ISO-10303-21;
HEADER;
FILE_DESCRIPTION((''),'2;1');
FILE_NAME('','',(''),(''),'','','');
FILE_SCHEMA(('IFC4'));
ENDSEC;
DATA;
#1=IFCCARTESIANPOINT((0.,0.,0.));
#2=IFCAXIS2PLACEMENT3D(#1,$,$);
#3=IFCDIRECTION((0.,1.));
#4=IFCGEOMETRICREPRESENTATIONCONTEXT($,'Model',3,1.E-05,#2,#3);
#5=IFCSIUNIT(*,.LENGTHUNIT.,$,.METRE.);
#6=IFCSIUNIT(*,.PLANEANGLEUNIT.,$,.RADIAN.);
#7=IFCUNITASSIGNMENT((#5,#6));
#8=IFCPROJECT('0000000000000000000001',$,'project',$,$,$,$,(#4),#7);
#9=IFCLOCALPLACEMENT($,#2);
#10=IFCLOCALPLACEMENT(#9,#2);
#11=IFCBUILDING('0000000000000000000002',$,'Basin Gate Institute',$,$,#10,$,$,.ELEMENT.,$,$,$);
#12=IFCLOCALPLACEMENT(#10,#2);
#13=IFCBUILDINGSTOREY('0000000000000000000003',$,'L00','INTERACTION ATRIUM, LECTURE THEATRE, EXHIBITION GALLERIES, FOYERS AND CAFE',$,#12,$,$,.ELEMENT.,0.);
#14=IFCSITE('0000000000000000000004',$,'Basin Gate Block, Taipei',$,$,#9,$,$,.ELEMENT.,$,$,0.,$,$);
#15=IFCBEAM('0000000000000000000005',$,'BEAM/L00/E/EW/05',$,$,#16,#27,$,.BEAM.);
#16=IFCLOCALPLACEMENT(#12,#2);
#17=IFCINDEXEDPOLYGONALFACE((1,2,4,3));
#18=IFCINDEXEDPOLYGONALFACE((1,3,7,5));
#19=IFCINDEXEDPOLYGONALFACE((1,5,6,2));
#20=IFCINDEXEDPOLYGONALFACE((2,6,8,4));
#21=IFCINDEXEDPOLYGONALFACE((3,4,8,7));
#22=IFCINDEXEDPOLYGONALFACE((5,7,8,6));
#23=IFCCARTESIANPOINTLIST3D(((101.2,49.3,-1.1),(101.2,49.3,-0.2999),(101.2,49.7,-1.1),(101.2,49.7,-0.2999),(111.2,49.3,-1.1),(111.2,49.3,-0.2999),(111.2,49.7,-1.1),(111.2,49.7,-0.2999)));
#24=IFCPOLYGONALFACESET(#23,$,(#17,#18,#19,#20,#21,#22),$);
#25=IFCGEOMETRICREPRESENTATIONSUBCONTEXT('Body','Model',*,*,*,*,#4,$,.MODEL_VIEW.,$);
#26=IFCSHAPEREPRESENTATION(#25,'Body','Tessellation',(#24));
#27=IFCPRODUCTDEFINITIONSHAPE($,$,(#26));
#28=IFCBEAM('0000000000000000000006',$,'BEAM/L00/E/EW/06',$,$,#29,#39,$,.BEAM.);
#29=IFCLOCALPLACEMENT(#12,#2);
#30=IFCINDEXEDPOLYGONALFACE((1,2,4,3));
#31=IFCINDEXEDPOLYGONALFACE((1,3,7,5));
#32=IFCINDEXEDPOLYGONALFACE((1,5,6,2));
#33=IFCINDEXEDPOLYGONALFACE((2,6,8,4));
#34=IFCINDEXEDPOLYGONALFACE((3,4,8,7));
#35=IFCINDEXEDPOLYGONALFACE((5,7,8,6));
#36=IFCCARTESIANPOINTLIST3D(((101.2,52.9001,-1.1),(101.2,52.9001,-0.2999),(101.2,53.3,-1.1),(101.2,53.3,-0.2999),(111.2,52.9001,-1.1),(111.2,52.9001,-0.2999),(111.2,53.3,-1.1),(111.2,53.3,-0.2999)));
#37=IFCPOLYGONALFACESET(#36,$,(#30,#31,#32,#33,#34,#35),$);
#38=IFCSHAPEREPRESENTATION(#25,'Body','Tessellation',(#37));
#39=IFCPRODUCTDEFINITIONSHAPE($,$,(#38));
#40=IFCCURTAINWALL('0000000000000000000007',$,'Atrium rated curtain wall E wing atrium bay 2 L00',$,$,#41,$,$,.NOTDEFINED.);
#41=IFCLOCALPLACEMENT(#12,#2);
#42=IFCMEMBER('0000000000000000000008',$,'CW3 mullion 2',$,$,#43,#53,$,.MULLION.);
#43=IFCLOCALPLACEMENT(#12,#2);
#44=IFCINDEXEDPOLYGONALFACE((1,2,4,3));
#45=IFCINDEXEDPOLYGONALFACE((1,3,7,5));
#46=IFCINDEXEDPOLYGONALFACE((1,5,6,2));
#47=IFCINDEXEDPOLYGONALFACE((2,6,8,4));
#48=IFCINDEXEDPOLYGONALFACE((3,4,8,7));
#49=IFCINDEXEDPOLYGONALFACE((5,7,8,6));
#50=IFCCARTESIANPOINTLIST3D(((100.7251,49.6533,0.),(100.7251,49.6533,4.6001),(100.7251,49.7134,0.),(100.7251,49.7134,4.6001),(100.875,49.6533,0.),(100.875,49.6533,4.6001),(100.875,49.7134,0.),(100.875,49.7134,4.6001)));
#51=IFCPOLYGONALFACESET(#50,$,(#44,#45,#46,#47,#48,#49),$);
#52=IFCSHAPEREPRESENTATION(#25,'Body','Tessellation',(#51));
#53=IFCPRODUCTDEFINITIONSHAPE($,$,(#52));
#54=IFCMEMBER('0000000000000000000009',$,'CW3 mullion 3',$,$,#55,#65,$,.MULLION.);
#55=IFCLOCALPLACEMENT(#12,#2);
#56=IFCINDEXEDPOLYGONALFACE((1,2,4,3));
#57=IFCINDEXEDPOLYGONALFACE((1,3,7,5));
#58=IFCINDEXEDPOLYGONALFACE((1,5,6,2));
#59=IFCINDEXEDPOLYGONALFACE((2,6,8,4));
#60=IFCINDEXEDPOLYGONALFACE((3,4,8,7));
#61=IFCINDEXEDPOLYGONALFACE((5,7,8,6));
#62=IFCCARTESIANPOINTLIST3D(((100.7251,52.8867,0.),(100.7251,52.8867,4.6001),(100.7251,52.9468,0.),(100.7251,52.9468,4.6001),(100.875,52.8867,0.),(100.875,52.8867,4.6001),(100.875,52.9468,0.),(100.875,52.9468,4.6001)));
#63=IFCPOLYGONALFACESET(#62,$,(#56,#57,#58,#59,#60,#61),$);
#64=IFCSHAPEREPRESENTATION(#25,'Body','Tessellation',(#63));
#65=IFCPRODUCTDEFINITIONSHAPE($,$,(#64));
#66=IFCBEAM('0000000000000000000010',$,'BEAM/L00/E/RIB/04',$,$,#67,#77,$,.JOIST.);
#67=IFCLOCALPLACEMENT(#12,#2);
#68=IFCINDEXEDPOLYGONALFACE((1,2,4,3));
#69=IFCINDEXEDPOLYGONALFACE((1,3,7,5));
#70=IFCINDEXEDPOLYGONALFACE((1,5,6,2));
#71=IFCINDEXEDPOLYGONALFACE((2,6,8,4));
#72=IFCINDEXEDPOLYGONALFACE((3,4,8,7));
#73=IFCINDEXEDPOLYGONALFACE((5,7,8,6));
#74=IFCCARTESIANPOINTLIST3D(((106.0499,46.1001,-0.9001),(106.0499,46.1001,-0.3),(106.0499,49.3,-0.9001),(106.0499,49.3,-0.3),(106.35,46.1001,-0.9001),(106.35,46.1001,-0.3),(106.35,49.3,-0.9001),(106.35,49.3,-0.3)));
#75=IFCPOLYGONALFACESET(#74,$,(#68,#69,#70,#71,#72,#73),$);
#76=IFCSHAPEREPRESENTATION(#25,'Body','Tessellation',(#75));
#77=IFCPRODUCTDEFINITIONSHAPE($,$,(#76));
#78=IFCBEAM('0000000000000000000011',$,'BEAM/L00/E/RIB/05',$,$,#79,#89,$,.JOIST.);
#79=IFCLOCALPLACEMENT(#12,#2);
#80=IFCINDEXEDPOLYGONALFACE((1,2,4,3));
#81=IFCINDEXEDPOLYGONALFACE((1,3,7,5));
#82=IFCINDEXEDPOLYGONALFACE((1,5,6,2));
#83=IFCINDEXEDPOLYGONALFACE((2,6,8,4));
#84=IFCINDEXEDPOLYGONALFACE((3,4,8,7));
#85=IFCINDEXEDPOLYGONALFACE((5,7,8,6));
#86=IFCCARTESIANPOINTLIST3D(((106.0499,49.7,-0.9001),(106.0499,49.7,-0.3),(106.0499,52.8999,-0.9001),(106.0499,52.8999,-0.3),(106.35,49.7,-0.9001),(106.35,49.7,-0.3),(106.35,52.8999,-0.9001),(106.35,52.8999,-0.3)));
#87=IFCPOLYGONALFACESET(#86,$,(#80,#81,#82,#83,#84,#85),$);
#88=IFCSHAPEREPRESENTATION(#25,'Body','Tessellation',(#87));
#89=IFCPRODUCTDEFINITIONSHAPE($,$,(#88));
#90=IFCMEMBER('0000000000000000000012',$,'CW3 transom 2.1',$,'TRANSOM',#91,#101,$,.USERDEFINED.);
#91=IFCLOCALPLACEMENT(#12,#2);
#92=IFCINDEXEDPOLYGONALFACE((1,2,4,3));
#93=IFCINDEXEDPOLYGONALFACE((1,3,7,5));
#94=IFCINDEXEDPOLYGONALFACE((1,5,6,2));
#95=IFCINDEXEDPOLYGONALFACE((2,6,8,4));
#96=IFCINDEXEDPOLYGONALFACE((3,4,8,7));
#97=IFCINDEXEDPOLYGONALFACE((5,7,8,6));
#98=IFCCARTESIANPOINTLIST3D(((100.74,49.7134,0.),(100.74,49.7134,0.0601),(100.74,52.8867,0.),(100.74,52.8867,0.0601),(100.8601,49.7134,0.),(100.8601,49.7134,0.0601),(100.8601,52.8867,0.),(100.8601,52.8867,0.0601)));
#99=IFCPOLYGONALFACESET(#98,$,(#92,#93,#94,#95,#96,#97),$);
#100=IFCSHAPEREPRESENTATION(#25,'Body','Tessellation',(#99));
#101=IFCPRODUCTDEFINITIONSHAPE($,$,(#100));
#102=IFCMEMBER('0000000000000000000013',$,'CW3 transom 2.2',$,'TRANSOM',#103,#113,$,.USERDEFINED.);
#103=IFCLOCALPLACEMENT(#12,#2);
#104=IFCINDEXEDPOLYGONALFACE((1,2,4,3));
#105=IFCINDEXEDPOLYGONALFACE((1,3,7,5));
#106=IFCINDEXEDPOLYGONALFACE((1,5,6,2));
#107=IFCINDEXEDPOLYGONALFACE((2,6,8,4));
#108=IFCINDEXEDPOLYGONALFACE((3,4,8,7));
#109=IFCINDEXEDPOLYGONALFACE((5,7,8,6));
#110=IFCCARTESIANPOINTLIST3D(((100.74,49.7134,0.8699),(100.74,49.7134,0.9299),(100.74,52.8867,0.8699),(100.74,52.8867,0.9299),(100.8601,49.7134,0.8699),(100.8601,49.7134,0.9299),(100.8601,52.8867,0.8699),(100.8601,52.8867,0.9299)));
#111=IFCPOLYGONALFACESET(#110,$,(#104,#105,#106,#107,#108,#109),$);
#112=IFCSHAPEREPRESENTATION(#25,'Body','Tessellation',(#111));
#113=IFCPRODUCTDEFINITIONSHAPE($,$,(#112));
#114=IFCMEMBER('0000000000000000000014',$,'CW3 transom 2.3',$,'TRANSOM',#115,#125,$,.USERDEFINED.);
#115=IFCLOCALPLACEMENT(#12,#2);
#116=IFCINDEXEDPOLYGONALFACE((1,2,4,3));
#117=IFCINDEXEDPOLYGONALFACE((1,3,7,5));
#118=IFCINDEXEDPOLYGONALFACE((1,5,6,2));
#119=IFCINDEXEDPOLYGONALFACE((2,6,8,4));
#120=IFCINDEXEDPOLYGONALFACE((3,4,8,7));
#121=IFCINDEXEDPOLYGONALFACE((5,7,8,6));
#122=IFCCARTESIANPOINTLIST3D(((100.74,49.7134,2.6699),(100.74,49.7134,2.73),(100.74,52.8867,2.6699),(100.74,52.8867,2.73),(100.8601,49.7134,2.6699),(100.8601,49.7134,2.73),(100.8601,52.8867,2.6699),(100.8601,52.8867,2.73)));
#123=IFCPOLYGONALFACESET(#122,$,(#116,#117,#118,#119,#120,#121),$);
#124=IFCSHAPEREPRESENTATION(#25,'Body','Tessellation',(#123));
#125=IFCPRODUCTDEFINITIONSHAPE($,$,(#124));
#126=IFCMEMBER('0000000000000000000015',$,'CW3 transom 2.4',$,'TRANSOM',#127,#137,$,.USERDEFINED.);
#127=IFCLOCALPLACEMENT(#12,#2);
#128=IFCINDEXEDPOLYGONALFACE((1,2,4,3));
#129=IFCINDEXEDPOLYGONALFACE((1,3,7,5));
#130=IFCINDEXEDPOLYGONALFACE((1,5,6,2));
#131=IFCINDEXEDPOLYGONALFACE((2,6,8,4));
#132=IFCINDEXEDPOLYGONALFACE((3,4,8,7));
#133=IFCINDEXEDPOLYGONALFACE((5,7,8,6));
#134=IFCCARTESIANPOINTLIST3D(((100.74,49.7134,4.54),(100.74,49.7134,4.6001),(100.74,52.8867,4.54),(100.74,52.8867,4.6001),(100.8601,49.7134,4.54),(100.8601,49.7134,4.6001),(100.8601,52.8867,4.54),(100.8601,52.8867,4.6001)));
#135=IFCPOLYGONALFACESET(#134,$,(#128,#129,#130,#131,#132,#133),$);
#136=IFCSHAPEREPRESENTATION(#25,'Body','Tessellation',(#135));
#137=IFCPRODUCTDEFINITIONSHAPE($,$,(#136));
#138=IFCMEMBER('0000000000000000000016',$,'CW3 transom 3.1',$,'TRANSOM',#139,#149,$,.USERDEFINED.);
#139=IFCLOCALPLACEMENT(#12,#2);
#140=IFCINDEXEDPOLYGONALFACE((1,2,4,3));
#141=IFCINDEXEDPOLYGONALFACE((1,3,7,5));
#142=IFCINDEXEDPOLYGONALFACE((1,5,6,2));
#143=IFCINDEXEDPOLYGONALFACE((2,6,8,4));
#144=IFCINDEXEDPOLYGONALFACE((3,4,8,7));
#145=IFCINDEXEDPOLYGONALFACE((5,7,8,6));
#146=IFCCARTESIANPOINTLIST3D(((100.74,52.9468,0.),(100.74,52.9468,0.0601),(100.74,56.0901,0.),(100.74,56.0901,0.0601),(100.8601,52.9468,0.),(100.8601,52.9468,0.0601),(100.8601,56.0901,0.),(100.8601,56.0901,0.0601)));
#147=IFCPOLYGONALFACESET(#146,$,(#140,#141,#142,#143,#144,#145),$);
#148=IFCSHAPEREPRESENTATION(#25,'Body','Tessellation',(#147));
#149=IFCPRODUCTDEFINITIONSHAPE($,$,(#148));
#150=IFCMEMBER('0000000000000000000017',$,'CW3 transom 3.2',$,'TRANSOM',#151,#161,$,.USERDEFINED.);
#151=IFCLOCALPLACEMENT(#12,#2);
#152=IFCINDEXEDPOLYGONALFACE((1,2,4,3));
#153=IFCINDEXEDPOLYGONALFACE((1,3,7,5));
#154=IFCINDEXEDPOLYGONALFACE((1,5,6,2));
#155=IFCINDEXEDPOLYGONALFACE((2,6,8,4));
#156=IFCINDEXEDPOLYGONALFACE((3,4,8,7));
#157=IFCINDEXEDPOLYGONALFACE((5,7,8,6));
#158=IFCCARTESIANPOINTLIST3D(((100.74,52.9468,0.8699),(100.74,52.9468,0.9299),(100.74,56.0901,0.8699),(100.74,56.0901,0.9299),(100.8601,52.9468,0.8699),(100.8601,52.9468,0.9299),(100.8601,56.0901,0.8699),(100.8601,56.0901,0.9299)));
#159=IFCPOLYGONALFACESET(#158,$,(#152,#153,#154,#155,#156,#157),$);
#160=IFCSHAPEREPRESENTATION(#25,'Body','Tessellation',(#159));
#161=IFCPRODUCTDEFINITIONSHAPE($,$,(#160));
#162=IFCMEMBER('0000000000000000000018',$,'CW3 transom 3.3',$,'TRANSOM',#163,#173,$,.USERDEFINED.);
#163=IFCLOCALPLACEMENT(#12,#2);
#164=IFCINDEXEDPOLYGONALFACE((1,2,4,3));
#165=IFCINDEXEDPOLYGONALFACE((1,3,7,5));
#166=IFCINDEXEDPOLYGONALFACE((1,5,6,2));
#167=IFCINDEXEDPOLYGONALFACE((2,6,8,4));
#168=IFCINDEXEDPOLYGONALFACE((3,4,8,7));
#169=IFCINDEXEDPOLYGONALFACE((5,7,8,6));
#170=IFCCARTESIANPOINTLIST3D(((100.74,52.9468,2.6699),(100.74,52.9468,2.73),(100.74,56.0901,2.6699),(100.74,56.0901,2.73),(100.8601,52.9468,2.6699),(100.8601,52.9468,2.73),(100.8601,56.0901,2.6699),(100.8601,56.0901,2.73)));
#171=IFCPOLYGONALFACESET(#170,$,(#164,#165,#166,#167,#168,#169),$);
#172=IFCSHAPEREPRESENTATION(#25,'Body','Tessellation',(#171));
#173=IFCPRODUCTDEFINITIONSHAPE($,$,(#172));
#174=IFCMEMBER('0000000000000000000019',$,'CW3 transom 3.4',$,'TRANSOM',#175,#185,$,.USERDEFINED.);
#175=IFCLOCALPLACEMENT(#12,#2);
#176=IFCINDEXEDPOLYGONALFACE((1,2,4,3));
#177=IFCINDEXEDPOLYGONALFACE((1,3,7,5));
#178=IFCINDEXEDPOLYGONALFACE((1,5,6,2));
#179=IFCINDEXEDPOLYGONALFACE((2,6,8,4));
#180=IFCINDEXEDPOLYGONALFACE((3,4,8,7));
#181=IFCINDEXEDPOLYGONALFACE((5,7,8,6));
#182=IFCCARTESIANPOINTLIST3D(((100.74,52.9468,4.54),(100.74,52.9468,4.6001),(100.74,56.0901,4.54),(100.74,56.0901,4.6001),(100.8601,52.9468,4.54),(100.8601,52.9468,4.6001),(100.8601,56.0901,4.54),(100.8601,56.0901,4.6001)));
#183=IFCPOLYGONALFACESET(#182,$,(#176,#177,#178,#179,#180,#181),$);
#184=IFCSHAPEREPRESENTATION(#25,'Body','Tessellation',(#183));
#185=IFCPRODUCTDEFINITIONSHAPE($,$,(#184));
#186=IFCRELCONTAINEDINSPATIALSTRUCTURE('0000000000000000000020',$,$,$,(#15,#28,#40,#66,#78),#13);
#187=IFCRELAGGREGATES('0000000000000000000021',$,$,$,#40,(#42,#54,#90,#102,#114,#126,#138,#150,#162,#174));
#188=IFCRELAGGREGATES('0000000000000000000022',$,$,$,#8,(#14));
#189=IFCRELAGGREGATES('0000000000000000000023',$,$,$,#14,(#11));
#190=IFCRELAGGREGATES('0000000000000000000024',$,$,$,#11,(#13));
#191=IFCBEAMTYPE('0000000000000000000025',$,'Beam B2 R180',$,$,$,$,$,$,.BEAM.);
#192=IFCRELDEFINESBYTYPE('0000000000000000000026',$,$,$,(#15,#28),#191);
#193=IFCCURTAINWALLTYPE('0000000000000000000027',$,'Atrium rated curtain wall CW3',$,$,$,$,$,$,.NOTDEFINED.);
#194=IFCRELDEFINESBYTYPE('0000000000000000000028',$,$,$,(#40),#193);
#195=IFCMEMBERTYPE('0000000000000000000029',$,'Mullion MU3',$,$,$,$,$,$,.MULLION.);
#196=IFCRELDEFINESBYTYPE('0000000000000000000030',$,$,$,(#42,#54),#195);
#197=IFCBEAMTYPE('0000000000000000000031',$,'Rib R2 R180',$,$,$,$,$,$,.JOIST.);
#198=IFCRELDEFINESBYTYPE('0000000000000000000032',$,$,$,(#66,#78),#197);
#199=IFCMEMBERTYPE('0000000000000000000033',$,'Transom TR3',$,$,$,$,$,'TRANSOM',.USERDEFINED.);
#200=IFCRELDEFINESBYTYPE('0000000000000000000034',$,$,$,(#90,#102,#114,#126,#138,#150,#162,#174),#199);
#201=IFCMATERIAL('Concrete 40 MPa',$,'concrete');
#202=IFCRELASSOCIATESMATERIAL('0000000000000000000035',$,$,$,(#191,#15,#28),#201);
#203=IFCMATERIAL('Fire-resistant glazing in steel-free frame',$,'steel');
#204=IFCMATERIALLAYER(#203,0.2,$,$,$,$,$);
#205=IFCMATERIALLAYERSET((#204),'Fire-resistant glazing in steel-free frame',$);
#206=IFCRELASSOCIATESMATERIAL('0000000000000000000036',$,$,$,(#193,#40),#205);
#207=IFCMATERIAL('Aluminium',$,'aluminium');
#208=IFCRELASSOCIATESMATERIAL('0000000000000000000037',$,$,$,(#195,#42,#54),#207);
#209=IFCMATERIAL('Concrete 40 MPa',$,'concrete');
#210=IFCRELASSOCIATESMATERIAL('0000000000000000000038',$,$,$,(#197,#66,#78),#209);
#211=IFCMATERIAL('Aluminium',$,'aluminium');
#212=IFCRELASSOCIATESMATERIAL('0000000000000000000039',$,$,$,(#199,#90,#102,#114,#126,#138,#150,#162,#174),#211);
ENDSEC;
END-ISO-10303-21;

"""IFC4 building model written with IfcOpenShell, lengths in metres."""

from ifc_helpers import new_model, si_unit, direction, frame, origin, origin_2d, place, context, subcontext, project, spatial, rectangle, extrude, material, layer, layer_set, material_profile, profile_set, type_object, element, aggregate, save


model = new_model("IFC4")

# Units and contexts
model_context = context("Model", 3, precision=1e-05, world=origin(), true_north=direction((0.0, 1.0)))
body_context = subcontext(model_context, "Body", "Model", "MODEL_VIEW")
ifc_project = project(units=[si_unit("LENGTHUNIT", "METRE"), si_unit("PLANEANGLEUNIT", "RADIAN")], contexts=[model_context])

# Site, building, storey
site_placement = place(None, origin())
site = spatial("IfcSite", under=ifc_project, at=site_placement, Name="Basin Gate Block, Taipei", CompositionType="ELEMENT", RefElevation=0.0)
building_placement = place(site_placement, origin())
building = spatial("IfcBuilding", under=site, at=building_placement, Name="Basin Gate Institute", CompositionType="ELEMENT")
storey_placement = place(building_placement, origin())
storey = spatial("IfcBuildingStorey", under=building, at=storey_placement, Name="L00", Description="INTERACTION ATRIUM, LECTURE THEATRE, EXHIBITION GALLERIES, FOYERS AND CAFE", CompositionType="ELEMENT", Elevation=0.0)

# Beams
ifc_material_1 = material(Name="Concrete 40 MPa", Category="concrete")
ifc_material_profile_1 = material_profile(ifc_material_1, rectangle(XDim=0.3999, YDim=0.8, at=origin_2d()), Name="Beam B2 400 x 800")
ifc_profile_set_1 = profile_set([ifc_material_profile_1], Name="Concrete 40 MPa")
beam_type_1 = type_object("IfcBeamType", Name="Beam B2 R180", PredefinedType="BEAM", material=ifc_profile_set_1)
for number, where, z_axis, x_axis, name in (
    (1, (111.2, 49.5, -0.7), (-1.0, 0.0, 0.0), (0.0, -1.0, 0.0), "BEAM/L00/E/EW/05"),
    (2, (111.2, 53.1001, -0.7), (-1.0, 0.0, 0.0), (0.0, -1.0, 0.0), "BEAM/L00/E/EW/06"),
):
    element("IfcBeam", number, at=place(storey_placement, frame(where, z_axis=z_axis, x_axis=x_axis)), inside=storey, type_object=beam_type_1, material=ifc_profile_set_1, Name=name, PredefinedType="BEAM", context=body_context, shape_type="SweptSolid", body=[
        extrude(rectangle(XDim=0.3999, YDim=0.8, at=origin_2d()), origin(), (0.0, 0.0, 1.0), 10.0),
    ])

# Curtain wall, members
ifc_material_2 = material(Name="Fire-resistant glazing in steel-free frame", Category="steel")
ifc_layer_1 = layer(ifc_material_2, 0.2)
ifc_layer_set_1 = layer_set([ifc_layer_1], Name="Fire-resistant glazing in steel-free frame")
curtain_wall_type = type_object("IfcCurtainWallType", Name="Atrium rated curtain wall CW3", PredefinedType="NOTDEFINED", material=ifc_layer_set_1)
curtain_wall_placement = place(storey_placement, origin())
curtain_wall = element("IfcCurtainWall", 3, at=curtain_wall_placement, inside=storey, type_object=curtain_wall_type, material=ifc_layer_set_1, Name="Atrium rated curtain wall E wing atrium bay 2 L00", PredefinedType="NOTDEFINED")
ifc_material_3 = material(Name="Aluminium", Category="aluminium")
ifc_material_profile_2 = material_profile(ifc_material_3, rectangle(XDim=0.1499, YDim=0.0601, at=origin_2d()), Name="Mullion MU3 150 x 60")
ifc_profile_set_2 = profile_set([ifc_material_profile_2], Name="Aluminium")
member_type_1 = type_object("IfcMemberType", Name="Mullion MU3", PredefinedType="MULLION", material=ifc_profile_set_2)
member_1_placement = place(storey_placement, frame((100.8, 49.6833, 0.0), z_axis=(0.0, 0.0, 1.0), x_axis=(-1.0, 0.0, 0.0)))
member_1 = element("IfcMember", 4, at=member_1_placement, type_object=member_type_1, material=ifc_profile_set_2, Name="CW3 mullion 2", PredefinedType="MULLION", context=body_context, shape_type="SweptSolid", body=[
    extrude(rectangle(XDim=0.1499, YDim=0.0601, at=origin_2d()), origin(), (0.0, 0.0, 1.0), 4.6001),
])
member_2_placement = place(storey_placement, frame((100.8, 52.9167, 0.0), z_axis=(0.0, 0.0, 1.0), x_axis=(-1.0, 0.0, 0.0)))
member_2 = element("IfcMember", 5, at=member_2_placement, type_object=member_type_1, material=ifc_profile_set_2, Name="CW3 mullion 3", PredefinedType="MULLION", context=body_context, shape_type="SweptSolid", body=[
    extrude(rectangle(XDim=0.1499, YDim=0.0601, at=origin_2d()), origin(), (0.0, 0.0, 1.0), 4.6001),
])

# Beams
ifc_material_4 = material(Name="Concrete 40 MPa", Category="concrete")
ifc_material_profile_3 = material_profile(ifc_material_4, rectangle(XDim=0.3, YDim=0.6001, at=origin_2d()), Name="Rib R2 300 x 600")
ifc_profile_set_3 = profile_set([ifc_material_profile_3], Name="Concrete 40 MPa")
beam_type_2 = type_object("IfcBeamType", Name="Rib R2 R180", PredefinedType="JOIST", material=ifc_profile_set_3)
for number, where, z_axis, x_axis, name in (
    (6, (106.2, 46.1001, -0.6001), (0.0, 1.0, 0.0), (-1.0, 0.0, 0.0), "BEAM/L00/E/RIB/04"),
    (7, (106.2, 49.7, -0.6001), (0.0, 1.0, 0.0), (-1.0, 0.0, 0.0), "BEAM/L00/E/RIB/05"),
):
    element("IfcBeam", number, at=place(storey_placement, frame(where, z_axis=z_axis, x_axis=x_axis)), inside=storey, type_object=beam_type_2, material=ifc_profile_set_3, Name=name, PredefinedType="JOIST", context=body_context, shape_type="SweptSolid", body=[
        extrude(rectangle(XDim=0.3, YDim=0.6001, at=origin_2d()), origin(), (0.0, 0.0, 1.0), 3.2),
    ])

# Members
ifc_material_5 = material(Name="Aluminium", Category="aluminium")
ifc_material_profile_4 = material_profile(ifc_material_5, rectangle(XDim=0.1201, YDim=0.0601, at=origin_2d()), Name="Transom TR3 120 x 60")
ifc_profile_set_4 = profile_set([ifc_material_profile_4], Name="Aluminium")
member_type_2 = type_object("IfcMemberType", Name="Transom TR3", ElementType="TRANSOM", PredefinedType="USERDEFINED", material=ifc_profile_set_4)
member_3_placement = place(storey_placement, frame((100.8, 49.7134, 0.03), z_axis=(0.0, 1.0, 0.0), x_axis=(-1.0, 0.0, 0.0)))
member_3 = element("IfcMember", 8, at=member_3_placement, type_object=member_type_2, material=ifc_profile_set_4, Name="CW3 transom 2.1", ObjectType="TRANSOM", PredefinedType="USERDEFINED", context=body_context, shape_type="SweptSolid", body=[
    extrude(rectangle(XDim=0.1201, YDim=0.0601, at=origin_2d()), origin(), (0.0, 0.0, 1.0), 3.1733),
])
member_4_placement = place(storey_placement, frame((100.8, 49.7134, 0.8999), z_axis=(0.0, 1.0, 0.0), x_axis=(-1.0, 0.0, 0.0)))
member_4 = element("IfcMember", 9, at=member_4_placement, type_object=member_type_2, material=ifc_profile_set_4, Name="CW3 transom 2.2", ObjectType="TRANSOM", PredefinedType="USERDEFINED", context=body_context, shape_type="SweptSolid", body=[
    extrude(rectangle(XDim=0.1201, YDim=0.0601, at=origin_2d()), origin(), (0.0, 0.0, 1.0), 3.1733),
])
member_5_placement = place(storey_placement, frame((100.8, 49.7134, 2.7), z_axis=(0.0, 1.0, 0.0), x_axis=(-1.0, 0.0, 0.0)))
member_5 = element("IfcMember", 10, at=member_5_placement, type_object=member_type_2, material=ifc_profile_set_4, Name="CW3 transom 2.3", ObjectType="TRANSOM", PredefinedType="USERDEFINED", context=body_context, shape_type="SweptSolid", body=[
    extrude(rectangle(XDim=0.1201, YDim=0.0601, at=origin_2d()), origin(), (0.0, 0.0, 1.0), 3.1733),
])
member_6_placement = place(storey_placement, frame((100.8, 49.7134, 4.5701), z_axis=(0.0, 1.0, 0.0), x_axis=(-1.0, 0.0, 0.0)))
member_6 = element("IfcMember", 11, at=member_6_placement, type_object=member_type_2, material=ifc_profile_set_4, Name="CW3 transom 2.4", ObjectType="TRANSOM", PredefinedType="USERDEFINED", context=body_context, shape_type="SweptSolid", body=[
    extrude(rectangle(XDim=0.1201, YDim=0.0601, at=origin_2d()), origin(), (0.0, 0.0, 1.0), 3.1733),
])
member_7_placement = place(storey_placement, frame((100.8, 52.9468, 0.03), z_axis=(0.0, 1.0, 0.0), x_axis=(-1.0, 0.0, 0.0)))
member_7 = element("IfcMember", 12, at=member_7_placement, type_object=member_type_2, material=ifc_profile_set_4, Name="CW3 transom 3.1", ObjectType="TRANSOM", PredefinedType="USERDEFINED", context=body_context, shape_type="SweptSolid", body=[
    extrude(rectangle(XDim=0.1201, YDim=0.0601, at=origin_2d()), origin(), (0.0, 0.0, 1.0), 3.1433),
])
member_8_placement = place(storey_placement, frame((100.8, 52.9468, 0.8999), z_axis=(0.0, 1.0, 0.0), x_axis=(-1.0, 0.0, 0.0)))
member_8 = element("IfcMember", 13, at=member_8_placement, type_object=member_type_2, material=ifc_profile_set_4, Name="CW3 transom 3.2", ObjectType="TRANSOM", PredefinedType="USERDEFINED", context=body_context, shape_type="SweptSolid", body=[
    extrude(rectangle(XDim=0.1201, YDim=0.0601, at=origin_2d()), origin(), (0.0, 0.0, 1.0), 3.1433),
])
member_9_placement = place(storey_placement, frame((100.8, 52.9468, 2.7), z_axis=(0.0, 1.0, 0.0), x_axis=(-1.0, 0.0, 0.0)))
member_9 = element("IfcMember", 14, at=member_9_placement, type_object=member_type_2, material=ifc_profile_set_4, Name="CW3 transom 3.3", ObjectType="TRANSOM", PredefinedType="USERDEFINED", context=body_context, shape_type="SweptSolid", body=[
    extrude(rectangle(XDim=0.1201, YDim=0.0601, at=origin_2d()), origin(), (0.0, 0.0, 1.0), 3.1433),
])
member_10_placement = place(storey_placement, frame((100.8, 52.9468, 4.5701), z_axis=(0.0, 1.0, 0.0), x_axis=(-1.0, 0.0, 0.0)))
member_10 = element("IfcMember", 15, at=member_10_placement, type_object=member_type_2, material=ifc_profile_set_4, Name="CW3 transom 3.4", ObjectType="TRANSOM", PredefinedType="USERDEFINED", context=body_context, shape_type="SweptSolid", body=[
    extrude(rectangle(XDim=0.1201, YDim=0.0601, at=origin_2d()), origin(), (0.0, 0.0, 1.0), 3.1433),
])

aggregate(curtain_wall, [member_1, member_2, member_3, member_4, member_5, member_6, member_7, member_8, member_9, member_10])

save(model, "model.ifc")
